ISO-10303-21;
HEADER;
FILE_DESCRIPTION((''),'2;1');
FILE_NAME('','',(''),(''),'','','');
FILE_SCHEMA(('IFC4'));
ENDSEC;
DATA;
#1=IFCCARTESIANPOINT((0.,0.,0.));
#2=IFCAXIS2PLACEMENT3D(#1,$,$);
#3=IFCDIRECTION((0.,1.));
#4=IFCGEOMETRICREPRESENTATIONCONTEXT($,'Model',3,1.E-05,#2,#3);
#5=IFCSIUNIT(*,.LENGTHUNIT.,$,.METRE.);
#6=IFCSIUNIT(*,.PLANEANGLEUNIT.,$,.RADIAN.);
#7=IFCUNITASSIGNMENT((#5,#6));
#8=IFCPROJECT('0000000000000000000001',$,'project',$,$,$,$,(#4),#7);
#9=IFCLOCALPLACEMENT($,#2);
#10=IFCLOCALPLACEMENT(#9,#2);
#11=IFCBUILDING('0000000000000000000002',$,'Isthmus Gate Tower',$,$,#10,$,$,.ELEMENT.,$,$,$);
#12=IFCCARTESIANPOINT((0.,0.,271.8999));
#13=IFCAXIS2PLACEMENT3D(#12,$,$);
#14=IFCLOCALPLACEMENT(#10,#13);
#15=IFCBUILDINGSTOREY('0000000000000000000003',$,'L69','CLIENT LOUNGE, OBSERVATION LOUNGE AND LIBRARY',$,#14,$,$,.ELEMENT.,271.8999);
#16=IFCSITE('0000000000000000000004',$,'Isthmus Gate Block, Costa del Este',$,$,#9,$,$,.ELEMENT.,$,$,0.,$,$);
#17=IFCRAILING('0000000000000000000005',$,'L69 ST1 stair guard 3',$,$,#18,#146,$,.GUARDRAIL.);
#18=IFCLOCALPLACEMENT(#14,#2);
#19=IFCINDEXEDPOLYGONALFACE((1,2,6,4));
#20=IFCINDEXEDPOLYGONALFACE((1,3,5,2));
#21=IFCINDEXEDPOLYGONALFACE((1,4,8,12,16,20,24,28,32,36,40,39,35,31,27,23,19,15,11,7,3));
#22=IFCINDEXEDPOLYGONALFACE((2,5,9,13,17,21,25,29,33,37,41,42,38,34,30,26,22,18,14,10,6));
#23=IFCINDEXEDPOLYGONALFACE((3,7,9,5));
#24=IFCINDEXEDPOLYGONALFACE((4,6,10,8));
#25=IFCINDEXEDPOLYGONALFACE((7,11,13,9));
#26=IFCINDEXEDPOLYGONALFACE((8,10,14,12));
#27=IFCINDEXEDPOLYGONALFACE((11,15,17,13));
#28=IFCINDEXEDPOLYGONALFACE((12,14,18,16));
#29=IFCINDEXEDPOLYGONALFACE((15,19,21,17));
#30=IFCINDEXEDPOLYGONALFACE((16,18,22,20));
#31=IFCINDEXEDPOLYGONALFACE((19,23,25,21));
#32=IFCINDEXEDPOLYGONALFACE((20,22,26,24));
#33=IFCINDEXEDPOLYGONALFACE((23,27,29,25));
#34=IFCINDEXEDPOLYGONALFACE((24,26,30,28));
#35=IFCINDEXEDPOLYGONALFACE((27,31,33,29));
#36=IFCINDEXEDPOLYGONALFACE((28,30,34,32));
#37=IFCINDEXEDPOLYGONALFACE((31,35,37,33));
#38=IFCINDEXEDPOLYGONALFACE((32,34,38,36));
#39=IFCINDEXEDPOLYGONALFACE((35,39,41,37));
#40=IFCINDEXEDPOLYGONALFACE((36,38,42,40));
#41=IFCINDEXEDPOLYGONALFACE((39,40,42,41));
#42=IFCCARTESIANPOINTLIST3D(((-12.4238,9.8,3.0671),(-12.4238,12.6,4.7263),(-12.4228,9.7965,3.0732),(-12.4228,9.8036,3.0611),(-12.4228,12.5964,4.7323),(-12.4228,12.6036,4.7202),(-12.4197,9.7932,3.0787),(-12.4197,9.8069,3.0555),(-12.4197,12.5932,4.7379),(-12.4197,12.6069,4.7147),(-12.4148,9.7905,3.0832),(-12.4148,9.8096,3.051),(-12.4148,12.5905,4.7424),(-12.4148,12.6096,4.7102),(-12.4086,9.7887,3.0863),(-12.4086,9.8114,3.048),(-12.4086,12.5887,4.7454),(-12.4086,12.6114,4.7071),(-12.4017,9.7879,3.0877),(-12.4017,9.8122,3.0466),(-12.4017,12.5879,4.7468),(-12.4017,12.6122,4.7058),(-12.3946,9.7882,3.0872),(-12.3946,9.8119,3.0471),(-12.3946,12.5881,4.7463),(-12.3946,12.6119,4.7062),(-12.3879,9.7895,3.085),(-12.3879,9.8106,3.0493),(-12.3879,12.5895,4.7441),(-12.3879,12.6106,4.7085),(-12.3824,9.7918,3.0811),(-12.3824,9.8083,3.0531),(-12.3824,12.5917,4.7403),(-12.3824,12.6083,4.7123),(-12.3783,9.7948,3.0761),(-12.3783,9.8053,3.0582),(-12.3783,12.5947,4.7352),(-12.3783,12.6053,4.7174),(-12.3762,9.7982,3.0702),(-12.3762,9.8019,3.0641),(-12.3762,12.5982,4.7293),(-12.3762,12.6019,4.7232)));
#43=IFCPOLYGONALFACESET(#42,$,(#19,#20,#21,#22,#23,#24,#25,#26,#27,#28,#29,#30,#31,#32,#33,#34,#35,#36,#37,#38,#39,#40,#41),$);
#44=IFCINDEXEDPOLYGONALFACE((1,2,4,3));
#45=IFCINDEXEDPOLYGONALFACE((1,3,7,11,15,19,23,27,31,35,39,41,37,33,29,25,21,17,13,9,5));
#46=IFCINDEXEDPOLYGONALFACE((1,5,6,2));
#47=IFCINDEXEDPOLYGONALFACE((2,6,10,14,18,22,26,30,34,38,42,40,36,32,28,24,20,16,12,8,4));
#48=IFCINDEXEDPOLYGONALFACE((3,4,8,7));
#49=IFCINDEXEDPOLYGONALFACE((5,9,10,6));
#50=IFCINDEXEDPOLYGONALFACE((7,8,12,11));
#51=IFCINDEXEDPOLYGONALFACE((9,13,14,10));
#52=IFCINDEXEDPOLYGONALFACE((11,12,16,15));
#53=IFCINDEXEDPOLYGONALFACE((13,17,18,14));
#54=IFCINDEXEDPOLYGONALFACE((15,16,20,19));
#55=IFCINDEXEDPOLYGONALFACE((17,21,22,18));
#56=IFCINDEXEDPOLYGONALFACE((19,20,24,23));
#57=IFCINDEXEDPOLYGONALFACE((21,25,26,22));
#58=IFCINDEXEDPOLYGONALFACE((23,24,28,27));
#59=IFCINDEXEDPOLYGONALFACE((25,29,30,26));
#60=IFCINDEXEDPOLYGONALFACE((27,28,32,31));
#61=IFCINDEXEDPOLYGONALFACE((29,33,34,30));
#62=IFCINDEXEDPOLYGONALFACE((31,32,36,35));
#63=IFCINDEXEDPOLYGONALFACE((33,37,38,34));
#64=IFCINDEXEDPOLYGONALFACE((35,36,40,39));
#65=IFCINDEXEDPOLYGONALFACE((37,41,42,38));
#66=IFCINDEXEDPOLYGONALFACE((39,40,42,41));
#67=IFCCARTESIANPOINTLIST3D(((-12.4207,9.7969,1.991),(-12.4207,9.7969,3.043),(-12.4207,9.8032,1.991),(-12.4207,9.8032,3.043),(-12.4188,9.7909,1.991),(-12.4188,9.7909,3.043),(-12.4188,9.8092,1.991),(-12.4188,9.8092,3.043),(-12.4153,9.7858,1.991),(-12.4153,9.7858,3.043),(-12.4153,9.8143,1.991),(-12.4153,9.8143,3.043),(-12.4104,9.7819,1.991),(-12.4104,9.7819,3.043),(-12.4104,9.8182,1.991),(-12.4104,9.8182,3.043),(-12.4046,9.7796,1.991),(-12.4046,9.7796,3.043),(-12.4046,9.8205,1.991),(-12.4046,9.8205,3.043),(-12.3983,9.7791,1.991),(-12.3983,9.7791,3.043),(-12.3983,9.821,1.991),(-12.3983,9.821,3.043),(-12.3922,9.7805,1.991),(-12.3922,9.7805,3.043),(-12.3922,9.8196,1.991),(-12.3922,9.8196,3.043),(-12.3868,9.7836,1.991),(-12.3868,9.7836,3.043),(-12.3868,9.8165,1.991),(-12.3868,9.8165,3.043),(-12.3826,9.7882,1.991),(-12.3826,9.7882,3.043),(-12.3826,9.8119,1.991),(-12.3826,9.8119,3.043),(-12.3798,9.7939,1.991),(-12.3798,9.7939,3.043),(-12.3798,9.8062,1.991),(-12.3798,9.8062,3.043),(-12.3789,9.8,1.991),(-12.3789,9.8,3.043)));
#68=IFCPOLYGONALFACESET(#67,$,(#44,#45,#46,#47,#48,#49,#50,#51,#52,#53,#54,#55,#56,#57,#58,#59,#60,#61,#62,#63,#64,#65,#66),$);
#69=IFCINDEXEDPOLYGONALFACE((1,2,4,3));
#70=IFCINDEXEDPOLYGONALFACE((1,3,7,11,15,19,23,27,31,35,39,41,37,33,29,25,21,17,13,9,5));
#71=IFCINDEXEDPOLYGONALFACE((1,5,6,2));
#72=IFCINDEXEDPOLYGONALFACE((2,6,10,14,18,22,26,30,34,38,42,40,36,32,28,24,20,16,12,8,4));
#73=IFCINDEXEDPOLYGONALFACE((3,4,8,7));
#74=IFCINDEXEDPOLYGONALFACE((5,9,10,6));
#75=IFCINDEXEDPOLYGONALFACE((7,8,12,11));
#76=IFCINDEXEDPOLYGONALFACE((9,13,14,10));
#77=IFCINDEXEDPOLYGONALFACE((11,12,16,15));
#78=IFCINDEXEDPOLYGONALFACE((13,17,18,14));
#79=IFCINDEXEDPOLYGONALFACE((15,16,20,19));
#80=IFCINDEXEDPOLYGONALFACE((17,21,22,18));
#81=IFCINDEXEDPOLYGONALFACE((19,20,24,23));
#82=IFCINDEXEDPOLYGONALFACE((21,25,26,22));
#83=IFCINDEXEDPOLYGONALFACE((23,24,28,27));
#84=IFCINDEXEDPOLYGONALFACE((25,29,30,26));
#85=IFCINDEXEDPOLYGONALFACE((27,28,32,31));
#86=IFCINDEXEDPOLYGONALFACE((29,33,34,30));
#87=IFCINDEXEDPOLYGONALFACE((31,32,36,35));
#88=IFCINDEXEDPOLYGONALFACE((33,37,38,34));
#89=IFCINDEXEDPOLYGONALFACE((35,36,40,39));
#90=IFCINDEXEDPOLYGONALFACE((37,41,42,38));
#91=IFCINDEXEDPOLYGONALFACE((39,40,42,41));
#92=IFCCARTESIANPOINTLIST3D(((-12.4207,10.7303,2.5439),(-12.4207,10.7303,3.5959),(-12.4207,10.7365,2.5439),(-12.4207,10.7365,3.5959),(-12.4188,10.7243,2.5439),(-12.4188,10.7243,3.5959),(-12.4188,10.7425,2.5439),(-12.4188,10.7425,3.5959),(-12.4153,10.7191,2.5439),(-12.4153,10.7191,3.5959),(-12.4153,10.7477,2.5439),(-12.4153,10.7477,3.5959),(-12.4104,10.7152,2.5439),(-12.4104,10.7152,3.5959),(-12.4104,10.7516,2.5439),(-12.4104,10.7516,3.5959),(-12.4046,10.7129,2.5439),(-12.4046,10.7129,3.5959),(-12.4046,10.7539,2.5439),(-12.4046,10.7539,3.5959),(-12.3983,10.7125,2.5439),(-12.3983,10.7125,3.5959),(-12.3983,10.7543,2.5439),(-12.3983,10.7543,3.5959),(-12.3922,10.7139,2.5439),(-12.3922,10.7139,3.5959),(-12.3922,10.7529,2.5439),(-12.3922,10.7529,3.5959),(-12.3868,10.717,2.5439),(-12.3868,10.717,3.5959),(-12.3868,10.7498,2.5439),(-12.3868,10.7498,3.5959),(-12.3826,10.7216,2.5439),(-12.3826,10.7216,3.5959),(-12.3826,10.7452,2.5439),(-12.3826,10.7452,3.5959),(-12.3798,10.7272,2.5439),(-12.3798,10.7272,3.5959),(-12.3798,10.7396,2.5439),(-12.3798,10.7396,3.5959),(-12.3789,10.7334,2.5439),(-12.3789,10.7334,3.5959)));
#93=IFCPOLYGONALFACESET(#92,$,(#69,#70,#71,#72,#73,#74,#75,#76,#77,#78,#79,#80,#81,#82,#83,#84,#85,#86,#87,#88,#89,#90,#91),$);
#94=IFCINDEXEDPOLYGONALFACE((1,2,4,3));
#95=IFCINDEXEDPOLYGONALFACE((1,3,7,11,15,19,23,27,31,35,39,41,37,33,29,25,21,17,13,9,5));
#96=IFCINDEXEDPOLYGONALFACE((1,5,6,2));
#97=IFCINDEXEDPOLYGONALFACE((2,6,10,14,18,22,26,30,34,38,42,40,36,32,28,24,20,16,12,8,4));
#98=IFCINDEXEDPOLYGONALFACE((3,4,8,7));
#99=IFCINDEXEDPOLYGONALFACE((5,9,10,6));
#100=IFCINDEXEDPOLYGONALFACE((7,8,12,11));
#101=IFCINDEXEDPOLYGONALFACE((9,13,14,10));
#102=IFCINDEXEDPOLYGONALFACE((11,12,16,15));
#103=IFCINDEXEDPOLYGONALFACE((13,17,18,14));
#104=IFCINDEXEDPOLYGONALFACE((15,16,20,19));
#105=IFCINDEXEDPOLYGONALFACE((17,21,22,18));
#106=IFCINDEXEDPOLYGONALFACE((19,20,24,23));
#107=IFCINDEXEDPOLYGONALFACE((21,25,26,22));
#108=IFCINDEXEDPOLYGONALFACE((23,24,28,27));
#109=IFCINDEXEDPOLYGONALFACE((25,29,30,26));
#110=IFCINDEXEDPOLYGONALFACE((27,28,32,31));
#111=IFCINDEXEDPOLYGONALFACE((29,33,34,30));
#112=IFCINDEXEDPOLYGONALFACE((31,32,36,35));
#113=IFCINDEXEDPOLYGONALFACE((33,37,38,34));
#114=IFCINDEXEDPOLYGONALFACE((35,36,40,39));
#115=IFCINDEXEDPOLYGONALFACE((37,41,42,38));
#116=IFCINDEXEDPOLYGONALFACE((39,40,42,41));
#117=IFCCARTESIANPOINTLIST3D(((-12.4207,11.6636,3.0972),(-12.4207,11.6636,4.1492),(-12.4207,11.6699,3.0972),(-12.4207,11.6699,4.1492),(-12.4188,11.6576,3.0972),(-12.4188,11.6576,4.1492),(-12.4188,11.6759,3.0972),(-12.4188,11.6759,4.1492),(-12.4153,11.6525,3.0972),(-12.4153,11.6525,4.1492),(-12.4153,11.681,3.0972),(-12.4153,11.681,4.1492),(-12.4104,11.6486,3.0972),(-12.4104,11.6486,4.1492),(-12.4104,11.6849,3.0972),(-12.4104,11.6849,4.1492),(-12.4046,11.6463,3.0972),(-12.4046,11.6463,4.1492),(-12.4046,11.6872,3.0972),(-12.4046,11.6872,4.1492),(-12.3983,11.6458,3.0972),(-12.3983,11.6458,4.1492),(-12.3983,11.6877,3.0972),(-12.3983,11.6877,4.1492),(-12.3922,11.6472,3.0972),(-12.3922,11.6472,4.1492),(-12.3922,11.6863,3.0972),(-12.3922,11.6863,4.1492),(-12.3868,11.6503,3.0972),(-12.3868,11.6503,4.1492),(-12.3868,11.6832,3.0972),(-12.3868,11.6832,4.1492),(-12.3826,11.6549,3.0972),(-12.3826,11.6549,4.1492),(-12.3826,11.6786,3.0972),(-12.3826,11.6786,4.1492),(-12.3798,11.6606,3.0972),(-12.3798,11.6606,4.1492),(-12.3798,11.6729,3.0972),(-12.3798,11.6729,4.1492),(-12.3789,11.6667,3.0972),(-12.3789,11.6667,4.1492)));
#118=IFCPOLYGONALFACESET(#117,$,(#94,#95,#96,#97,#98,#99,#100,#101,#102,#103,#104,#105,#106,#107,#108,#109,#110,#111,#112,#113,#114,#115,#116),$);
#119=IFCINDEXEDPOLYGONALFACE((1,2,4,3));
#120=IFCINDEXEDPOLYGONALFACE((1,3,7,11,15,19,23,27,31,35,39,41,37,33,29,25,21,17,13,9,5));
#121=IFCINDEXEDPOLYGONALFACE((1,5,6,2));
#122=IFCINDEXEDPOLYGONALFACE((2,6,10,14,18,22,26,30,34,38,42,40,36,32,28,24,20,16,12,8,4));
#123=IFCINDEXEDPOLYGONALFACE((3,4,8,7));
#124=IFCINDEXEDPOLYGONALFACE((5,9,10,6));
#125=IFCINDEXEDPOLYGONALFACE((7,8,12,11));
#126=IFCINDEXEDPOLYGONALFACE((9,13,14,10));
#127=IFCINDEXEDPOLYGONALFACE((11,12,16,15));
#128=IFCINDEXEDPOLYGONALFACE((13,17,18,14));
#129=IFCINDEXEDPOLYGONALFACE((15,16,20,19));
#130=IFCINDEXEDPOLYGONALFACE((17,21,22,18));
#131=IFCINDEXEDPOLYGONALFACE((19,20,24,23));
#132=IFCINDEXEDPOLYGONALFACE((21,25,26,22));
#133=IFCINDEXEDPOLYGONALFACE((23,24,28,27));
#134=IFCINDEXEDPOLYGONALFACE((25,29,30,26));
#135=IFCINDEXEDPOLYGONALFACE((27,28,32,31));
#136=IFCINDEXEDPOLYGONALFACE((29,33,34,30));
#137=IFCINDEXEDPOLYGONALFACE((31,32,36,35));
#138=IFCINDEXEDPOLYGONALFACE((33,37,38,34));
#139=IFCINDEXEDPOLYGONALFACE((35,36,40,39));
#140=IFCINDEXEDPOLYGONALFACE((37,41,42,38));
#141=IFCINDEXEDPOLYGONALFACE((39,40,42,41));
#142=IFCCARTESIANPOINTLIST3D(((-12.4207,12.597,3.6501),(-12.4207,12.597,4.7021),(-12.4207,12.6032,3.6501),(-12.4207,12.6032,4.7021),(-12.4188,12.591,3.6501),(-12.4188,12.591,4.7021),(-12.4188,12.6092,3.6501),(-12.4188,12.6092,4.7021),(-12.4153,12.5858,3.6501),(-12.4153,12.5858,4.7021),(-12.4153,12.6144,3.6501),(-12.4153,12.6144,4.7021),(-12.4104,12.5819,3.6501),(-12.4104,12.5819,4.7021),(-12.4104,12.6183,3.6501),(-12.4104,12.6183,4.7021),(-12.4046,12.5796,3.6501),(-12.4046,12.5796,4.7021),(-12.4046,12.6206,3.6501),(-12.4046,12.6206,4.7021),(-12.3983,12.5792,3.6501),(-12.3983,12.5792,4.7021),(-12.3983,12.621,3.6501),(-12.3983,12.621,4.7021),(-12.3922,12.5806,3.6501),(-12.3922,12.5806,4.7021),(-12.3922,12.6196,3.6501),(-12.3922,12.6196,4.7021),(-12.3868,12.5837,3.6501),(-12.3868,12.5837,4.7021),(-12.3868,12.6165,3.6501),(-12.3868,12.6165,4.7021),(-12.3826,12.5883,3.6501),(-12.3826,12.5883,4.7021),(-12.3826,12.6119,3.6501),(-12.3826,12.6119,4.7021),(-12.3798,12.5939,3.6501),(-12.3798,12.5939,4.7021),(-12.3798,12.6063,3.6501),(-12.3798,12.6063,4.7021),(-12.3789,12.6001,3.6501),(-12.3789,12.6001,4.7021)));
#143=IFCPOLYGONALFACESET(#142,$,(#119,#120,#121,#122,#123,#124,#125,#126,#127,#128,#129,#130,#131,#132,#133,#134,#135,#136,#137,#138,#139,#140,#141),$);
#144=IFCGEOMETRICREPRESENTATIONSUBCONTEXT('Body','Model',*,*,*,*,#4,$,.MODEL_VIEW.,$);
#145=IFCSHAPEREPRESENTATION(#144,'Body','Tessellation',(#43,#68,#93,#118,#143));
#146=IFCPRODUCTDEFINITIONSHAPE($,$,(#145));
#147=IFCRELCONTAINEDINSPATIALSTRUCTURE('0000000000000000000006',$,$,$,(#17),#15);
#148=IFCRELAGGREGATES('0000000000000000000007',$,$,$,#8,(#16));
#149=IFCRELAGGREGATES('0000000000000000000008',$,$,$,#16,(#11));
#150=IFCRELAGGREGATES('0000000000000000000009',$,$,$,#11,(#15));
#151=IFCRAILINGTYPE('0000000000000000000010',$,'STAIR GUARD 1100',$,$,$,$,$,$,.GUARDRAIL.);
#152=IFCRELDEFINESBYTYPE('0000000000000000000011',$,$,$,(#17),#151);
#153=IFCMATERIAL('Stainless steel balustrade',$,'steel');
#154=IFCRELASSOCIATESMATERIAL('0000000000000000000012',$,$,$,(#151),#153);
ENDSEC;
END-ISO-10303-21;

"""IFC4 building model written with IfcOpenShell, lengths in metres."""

from ifc_helpers import new_model, si_unit, direction, frame, origin, origin_2d, place, context, subcontext, project, spatial, circle, extrude, material, type_object, element, save


model = new_model("IFC4")

# Units and contexts
model_context = context("Model", 3, precision=1e-05, world=origin(), true_north=direction((0.0, 1.0)))
body_context = subcontext(model_context, "Body", "Model", "MODEL_VIEW")
ifc_project = project(units=[si_unit("LENGTHUNIT", "METRE"), si_unit("PLANEANGLEUNIT", "RADIAN")], contexts=[model_context])

# Site, building, storey
site_placement = place(None, origin())
site = spatial("IfcSite", under=ifc_project, at=site_placement, Name="Isthmus Gate Block, Costa del Este", CompositionType="ELEMENT", RefElevation=0.0)
building_placement = place(site_placement, origin())
building = spatial("IfcBuilding", under=site, at=building_placement, Name="Isthmus Gate Tower", CompositionType="ELEMENT")
storey_placement = place(building_placement, frame((0.0, 0.0, 271.8999)))
storey = spatial("IfcBuildingStorey", under=building, at=storey_placement, Name="L69", Description="CLIENT LOUNGE, OBSERVATION LOUNGE AND LIBRARY", CompositionType="ELEMENT", Elevation=271.8999)

# Railing
ifc_material_1 = material(Name="Stainless steel balustrade", Category="steel")
railing_type_1 = type_object("IfcRailingType", Name="STAIR GUARD 1100", PredefinedType="GUARDRAIL", material=ifc_material_1)
railing_1_placement = place(storey_placement, frame((-12.3999, 9.8, 1.991)))
element("IfcRailing", 1, at=railing_1_placement, inside=storey, type_object=railing_type_1, Name="L69 ST1 stair guard 3", PredefinedType="GUARDRAIL", context=body_context, shape_type="SweptSolid", body=[
    extrude(circle(Radius=0.0239, at=origin_2d()), frame((0.0, 0.0, 1.0762), z_axis=(0.0, 0.860306, 0.509778), x_axis=(-1.0, 0.0, 0.0)), (0.0, 0.0, 1.0), 3.2546),
    extrude(circle(Radius=0.021, at=origin_2d()), origin(), (0.0, 0.0, 1.0), 1.052),
    extrude(circle(Radius=0.021, at=origin_2d()), frame((0.0, 0.9333, 0.553)), (0.0, 0.0, 1.0), 1.052),
    extrude(circle(Radius=0.021, at=origin_2d()), frame((0.0, 1.8667, 1.1062)), (0.0, 0.0, 1.0), 1.052),
    extrude(circle(Radius=0.021, at=origin_2d()), frame((0.0, 2.8, 1.6592)), (0.0, 0.0, 1.0), 1.052),
])

save(model, "model.ifc")
